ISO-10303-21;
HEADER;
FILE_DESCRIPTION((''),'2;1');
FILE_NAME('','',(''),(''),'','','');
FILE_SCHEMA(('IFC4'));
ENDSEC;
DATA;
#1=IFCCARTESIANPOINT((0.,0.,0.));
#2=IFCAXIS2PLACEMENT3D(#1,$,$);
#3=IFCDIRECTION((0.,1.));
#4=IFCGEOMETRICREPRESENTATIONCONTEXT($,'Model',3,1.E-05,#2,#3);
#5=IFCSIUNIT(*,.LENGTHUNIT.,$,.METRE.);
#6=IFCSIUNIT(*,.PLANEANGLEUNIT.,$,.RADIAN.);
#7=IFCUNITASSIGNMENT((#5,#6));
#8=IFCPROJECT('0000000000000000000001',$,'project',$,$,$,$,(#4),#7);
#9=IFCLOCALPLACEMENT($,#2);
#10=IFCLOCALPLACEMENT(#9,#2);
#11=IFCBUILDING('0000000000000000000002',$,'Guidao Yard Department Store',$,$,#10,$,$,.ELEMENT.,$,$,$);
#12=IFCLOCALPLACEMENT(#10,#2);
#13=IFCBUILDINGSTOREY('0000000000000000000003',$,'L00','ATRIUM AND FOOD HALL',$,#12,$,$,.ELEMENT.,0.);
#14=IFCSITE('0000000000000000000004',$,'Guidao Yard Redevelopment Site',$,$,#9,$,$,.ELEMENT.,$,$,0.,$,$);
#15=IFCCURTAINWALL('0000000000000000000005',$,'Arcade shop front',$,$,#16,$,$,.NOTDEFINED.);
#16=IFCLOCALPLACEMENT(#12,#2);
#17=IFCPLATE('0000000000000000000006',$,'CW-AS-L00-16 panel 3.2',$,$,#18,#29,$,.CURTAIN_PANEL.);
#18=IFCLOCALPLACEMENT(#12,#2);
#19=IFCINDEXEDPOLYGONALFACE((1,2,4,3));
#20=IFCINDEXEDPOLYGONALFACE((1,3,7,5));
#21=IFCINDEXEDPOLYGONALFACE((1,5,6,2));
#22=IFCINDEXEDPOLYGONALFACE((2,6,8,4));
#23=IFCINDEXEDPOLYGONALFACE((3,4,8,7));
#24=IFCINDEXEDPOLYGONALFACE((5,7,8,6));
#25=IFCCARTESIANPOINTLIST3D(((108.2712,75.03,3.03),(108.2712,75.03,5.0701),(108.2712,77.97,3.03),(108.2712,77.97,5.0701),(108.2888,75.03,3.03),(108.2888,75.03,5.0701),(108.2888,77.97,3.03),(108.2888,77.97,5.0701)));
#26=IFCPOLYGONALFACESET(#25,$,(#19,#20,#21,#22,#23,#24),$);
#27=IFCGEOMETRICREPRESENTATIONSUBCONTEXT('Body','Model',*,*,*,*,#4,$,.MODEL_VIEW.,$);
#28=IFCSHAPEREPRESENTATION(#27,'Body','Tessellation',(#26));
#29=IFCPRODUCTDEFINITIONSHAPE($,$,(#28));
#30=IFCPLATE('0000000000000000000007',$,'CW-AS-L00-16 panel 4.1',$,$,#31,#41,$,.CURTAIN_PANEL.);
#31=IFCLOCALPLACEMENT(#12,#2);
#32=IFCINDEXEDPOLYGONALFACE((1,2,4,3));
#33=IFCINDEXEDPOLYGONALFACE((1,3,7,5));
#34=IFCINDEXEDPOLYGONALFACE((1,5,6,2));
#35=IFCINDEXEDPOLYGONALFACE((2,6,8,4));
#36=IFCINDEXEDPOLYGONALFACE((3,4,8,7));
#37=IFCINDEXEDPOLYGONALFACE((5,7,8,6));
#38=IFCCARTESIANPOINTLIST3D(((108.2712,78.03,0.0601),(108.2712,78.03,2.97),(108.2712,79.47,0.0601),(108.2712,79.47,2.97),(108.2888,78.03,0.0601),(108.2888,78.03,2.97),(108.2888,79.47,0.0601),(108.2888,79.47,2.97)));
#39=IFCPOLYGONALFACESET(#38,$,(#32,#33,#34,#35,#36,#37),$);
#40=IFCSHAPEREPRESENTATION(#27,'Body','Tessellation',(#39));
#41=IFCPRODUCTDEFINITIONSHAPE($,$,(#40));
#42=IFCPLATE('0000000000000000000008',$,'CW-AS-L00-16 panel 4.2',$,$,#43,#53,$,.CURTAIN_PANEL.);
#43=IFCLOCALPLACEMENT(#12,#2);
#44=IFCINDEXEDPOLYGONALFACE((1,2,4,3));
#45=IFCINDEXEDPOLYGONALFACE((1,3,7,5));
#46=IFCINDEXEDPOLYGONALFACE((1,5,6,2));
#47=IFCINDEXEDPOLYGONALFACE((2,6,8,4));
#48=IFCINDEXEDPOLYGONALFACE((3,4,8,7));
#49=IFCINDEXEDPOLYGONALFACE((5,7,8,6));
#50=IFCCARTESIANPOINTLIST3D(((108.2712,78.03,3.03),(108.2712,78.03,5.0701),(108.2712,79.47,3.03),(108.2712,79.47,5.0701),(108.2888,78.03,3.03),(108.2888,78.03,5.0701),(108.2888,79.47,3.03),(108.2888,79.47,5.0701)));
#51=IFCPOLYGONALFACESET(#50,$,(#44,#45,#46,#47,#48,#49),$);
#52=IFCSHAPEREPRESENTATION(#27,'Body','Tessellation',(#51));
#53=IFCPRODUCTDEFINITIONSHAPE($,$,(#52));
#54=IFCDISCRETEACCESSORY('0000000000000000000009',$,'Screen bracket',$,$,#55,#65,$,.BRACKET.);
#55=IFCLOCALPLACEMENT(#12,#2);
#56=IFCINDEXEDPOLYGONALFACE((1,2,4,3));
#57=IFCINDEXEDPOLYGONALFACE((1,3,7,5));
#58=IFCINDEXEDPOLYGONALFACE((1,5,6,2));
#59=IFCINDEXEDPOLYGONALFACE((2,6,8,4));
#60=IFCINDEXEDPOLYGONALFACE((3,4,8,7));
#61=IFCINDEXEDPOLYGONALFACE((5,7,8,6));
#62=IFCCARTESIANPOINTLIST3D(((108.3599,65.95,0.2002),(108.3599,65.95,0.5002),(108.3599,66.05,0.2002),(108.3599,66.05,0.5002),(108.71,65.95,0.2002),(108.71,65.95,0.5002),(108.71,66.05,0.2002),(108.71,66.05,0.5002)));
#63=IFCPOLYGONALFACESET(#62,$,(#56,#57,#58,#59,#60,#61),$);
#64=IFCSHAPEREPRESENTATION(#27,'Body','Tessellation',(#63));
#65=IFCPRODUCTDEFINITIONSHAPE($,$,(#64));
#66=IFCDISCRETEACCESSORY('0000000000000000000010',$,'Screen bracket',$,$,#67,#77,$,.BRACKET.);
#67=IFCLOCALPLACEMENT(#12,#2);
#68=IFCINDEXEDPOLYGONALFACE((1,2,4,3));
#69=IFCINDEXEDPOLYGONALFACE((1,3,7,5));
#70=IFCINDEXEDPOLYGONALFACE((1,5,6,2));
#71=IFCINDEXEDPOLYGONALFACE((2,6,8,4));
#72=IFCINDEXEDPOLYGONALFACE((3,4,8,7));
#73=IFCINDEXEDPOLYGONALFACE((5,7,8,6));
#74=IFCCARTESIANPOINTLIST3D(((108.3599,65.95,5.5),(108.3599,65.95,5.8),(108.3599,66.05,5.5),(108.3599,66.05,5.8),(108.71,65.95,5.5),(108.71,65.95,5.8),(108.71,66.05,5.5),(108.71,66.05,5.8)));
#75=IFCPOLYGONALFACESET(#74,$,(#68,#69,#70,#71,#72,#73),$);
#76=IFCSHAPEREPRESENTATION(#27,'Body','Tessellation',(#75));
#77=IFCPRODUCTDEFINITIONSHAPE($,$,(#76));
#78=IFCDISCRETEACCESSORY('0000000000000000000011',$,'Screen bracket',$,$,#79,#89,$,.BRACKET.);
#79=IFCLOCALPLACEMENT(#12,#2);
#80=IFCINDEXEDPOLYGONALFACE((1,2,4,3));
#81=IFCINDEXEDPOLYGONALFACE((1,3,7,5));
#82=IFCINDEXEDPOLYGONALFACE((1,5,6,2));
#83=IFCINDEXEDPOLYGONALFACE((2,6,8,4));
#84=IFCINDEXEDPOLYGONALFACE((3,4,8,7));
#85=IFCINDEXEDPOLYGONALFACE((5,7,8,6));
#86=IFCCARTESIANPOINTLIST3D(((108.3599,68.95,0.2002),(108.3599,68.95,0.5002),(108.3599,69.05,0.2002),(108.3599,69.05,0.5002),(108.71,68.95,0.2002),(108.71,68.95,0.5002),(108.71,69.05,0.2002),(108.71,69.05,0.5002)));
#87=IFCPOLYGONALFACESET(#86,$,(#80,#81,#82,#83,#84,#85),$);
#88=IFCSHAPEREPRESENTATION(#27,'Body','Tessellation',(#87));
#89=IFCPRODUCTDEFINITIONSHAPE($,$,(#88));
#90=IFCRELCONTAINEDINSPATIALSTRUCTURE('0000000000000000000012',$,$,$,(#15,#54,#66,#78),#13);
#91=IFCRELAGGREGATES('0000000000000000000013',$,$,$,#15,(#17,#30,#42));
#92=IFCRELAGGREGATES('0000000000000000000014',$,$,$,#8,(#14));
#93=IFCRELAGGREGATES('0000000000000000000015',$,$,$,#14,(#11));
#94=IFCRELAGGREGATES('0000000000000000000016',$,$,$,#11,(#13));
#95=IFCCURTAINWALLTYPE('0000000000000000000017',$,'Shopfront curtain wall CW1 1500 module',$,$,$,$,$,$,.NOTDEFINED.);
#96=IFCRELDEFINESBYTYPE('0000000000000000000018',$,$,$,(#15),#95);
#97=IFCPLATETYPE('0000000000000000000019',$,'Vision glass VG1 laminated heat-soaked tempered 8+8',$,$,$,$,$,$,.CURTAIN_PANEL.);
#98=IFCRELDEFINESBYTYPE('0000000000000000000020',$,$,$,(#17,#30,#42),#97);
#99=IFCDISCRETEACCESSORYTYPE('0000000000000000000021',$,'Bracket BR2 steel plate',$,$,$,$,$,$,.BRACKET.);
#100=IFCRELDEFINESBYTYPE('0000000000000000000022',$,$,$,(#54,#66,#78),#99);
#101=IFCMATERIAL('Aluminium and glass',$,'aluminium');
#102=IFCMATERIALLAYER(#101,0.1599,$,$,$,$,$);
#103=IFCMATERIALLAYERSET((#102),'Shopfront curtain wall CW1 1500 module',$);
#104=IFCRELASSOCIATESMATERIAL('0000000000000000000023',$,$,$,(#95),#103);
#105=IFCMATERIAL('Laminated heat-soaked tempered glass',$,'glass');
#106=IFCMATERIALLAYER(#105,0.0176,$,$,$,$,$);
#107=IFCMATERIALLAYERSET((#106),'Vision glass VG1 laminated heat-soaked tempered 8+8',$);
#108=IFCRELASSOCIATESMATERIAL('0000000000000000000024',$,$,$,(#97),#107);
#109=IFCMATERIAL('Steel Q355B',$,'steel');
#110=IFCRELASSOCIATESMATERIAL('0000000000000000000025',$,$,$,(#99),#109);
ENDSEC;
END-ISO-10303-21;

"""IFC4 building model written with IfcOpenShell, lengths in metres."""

from ifc_helpers import new_model, si_unit, direction, frame, origin, origin_2d, place, context, subcontext, project, spatial, rectangle, extrude, material, layer, layer_set, type_object, element, aggregate, save


model = new_model("IFC4")

# Units and contexts
model_context = context("Model", 3, precision=1e-05, world=origin(), true_north=direction((0.0, 1.0)))
body_context = subcontext(model_context, "Body", "Model", "MODEL_VIEW")
ifc_project = project(units=[si_unit("LENGTHUNIT", "METRE"), si_unit("PLANEANGLEUNIT", "RADIAN")], contexts=[model_context])

# Site, building, storey
site_placement = place(None, origin())
site = spatial("IfcSite", under=ifc_project, at=site_placement, Name="Guidao Yard Redevelopment Site", CompositionType="ELEMENT", RefElevation=0.0)
building_placement = place(site_placement, origin())
building = spatial("IfcBuilding", under=site, at=building_placement, Name="Guidao Yard Department Store", CompositionType="ELEMENT")
storey_placement = place(building_placement, origin())
storey = spatial("IfcBuildingStorey", under=building, at=storey_placement, Name="L00", Description="ATRIUM AND FOOD HALL", CompositionType="ELEMENT", Elevation=0.0)

# Curtain wall, plates
ifc_material_1 = material(Name="Aluminium and glass", Category="aluminium")
ifc_layer_1 = layer(ifc_material_1, 0.1599)
ifc_layer_set_1 = layer_set([ifc_layer_1], Name="Shopfront curtain wall CW1 1500 module")
curtain_wall_type = type_object("IfcCurtainWallType", Name="Shopfront curtain wall CW1 1500 module", PredefinedType="NOTDEFINED", material=ifc_layer_set_1)
curtain_wall_placement = place(storey_placement, origin())
curtain_wall = element("IfcCurtainWall", 1, at=curtain_wall_placement, inside=storey, type_object=curtain_wall_type, Name="Arcade shop front", PredefinedType="NOTDEFINED")
ifc_material_2 = material(Name="Laminated heat-soaked tempered glass", Category="glass")
ifc_layer_2 = layer(ifc_material_2, 0.0176)
ifc_layer_set_2 = layer_set([ifc_layer_2], Name="Vision glass VG1 laminated heat-soaked tempered 8+8")
plate_type_1 = type_object("IfcPlateType", Name="Vision glass VG1 laminated heat-soaked tempered 8+8", PredefinedType="CURTAIN_PANEL", material=ifc_layer_set_2)
plate_1_placement = place(storey_placement, frame((108.28, 76.5, 3.03), z_axis=(0.0, 0.0, 1.0), x_axis=(0.0, -1.0, 0.0)))
plate_1 = element("IfcPlate", 2, at=plate_1_placement, type_object=plate_type_1, Name="CW-AS-L00-16 panel 3.2", PredefinedType="CURTAIN_PANEL", context=body_context, shape_type="SweptSolid", body=[
    extrude(rectangle(XDim=2.9399, YDim=0.0176, at=origin_2d()), origin(), (0.0, 0.0, 1.0), 2.04),
])
plate_2_placement = place(storey_placement, frame((108.28, 78.75, 0.0601), z_axis=(0.0, 0.0, 1.0), x_axis=(0.0, -1.0, 0.0)))
plate_2 = element("IfcPlate", 3, at=plate_2_placement, type_object=plate_type_1, Name="CW-AS-L00-16 panel 4.1", PredefinedType="CURTAIN_PANEL", context=body_context, shape_type="SweptSolid", body=[
    extrude(rectangle(XDim=1.4399, YDim=0.0176, at=origin_2d()), origin(), (0.0, 0.0, 1.0), 2.9099),
])
plate_3_placement = place(storey_placement, frame((108.28, 78.75, 3.03), z_axis=(0.0, 0.0, 1.0), x_axis=(0.0, -1.0, 0.0)))
plate_3 = element("IfcPlate", 4, at=plate_3_placement, type_object=plate_type_1, Name="CW-AS-L00-16 panel 4.2", PredefinedType="CURTAIN_PANEL", context=body_context, shape_type="SweptSolid", body=[
    extrude(rectangle(XDim=1.4399, YDim=0.0176, at=origin_2d()), origin(), (0.0, 0.0, 1.0), 2.04),
])
aggregate(curtain_wall, [plate_1, plate_2, plate_3])

# Discrete accessories
ifc_material_3 = material(Name="Steel Q355B", Category="steel")
discrete_accessory_type = type_object("IfcDiscreteAccessoryType", Name="Bracket BR2 steel plate", PredefinedType="BRACKET", material=ifc_material_3)
for number, where, z_axis, x_axis, name in (
    (5, (108.5349, 66.0, 0.2002), (0.0, 0.0, 1.0), (0.0, -1.0, 0.0), "Screen bracket"),
    (6, (108.5349, 66.0, 5.5), (0.0, 0.0, 1.0), (0.0, -1.0, 0.0), "Screen bracket"),
    (7, (108.5349, 69.0, 0.2002), (0.0, 0.0, 1.0), (0.0, -1.0, 0.0), "Screen bracket"),
):
    element("IfcDiscreteAccessory", number, at=place(storey_placement, frame(where, z_axis=z_axis, x_axis=x_axis)), inside=storey, type_object=discrete_accessory_type, Name=name, PredefinedType="BRACKET", context=body_context, shape_type="SweptSolid", body=[
        extrude(rectangle(XDim=0.1001, YDim=0.3501, at=origin_2d()), origin(), (0.0, 0.0, 1.0), 0.3),
    ])

save(model, "model.ifc")
